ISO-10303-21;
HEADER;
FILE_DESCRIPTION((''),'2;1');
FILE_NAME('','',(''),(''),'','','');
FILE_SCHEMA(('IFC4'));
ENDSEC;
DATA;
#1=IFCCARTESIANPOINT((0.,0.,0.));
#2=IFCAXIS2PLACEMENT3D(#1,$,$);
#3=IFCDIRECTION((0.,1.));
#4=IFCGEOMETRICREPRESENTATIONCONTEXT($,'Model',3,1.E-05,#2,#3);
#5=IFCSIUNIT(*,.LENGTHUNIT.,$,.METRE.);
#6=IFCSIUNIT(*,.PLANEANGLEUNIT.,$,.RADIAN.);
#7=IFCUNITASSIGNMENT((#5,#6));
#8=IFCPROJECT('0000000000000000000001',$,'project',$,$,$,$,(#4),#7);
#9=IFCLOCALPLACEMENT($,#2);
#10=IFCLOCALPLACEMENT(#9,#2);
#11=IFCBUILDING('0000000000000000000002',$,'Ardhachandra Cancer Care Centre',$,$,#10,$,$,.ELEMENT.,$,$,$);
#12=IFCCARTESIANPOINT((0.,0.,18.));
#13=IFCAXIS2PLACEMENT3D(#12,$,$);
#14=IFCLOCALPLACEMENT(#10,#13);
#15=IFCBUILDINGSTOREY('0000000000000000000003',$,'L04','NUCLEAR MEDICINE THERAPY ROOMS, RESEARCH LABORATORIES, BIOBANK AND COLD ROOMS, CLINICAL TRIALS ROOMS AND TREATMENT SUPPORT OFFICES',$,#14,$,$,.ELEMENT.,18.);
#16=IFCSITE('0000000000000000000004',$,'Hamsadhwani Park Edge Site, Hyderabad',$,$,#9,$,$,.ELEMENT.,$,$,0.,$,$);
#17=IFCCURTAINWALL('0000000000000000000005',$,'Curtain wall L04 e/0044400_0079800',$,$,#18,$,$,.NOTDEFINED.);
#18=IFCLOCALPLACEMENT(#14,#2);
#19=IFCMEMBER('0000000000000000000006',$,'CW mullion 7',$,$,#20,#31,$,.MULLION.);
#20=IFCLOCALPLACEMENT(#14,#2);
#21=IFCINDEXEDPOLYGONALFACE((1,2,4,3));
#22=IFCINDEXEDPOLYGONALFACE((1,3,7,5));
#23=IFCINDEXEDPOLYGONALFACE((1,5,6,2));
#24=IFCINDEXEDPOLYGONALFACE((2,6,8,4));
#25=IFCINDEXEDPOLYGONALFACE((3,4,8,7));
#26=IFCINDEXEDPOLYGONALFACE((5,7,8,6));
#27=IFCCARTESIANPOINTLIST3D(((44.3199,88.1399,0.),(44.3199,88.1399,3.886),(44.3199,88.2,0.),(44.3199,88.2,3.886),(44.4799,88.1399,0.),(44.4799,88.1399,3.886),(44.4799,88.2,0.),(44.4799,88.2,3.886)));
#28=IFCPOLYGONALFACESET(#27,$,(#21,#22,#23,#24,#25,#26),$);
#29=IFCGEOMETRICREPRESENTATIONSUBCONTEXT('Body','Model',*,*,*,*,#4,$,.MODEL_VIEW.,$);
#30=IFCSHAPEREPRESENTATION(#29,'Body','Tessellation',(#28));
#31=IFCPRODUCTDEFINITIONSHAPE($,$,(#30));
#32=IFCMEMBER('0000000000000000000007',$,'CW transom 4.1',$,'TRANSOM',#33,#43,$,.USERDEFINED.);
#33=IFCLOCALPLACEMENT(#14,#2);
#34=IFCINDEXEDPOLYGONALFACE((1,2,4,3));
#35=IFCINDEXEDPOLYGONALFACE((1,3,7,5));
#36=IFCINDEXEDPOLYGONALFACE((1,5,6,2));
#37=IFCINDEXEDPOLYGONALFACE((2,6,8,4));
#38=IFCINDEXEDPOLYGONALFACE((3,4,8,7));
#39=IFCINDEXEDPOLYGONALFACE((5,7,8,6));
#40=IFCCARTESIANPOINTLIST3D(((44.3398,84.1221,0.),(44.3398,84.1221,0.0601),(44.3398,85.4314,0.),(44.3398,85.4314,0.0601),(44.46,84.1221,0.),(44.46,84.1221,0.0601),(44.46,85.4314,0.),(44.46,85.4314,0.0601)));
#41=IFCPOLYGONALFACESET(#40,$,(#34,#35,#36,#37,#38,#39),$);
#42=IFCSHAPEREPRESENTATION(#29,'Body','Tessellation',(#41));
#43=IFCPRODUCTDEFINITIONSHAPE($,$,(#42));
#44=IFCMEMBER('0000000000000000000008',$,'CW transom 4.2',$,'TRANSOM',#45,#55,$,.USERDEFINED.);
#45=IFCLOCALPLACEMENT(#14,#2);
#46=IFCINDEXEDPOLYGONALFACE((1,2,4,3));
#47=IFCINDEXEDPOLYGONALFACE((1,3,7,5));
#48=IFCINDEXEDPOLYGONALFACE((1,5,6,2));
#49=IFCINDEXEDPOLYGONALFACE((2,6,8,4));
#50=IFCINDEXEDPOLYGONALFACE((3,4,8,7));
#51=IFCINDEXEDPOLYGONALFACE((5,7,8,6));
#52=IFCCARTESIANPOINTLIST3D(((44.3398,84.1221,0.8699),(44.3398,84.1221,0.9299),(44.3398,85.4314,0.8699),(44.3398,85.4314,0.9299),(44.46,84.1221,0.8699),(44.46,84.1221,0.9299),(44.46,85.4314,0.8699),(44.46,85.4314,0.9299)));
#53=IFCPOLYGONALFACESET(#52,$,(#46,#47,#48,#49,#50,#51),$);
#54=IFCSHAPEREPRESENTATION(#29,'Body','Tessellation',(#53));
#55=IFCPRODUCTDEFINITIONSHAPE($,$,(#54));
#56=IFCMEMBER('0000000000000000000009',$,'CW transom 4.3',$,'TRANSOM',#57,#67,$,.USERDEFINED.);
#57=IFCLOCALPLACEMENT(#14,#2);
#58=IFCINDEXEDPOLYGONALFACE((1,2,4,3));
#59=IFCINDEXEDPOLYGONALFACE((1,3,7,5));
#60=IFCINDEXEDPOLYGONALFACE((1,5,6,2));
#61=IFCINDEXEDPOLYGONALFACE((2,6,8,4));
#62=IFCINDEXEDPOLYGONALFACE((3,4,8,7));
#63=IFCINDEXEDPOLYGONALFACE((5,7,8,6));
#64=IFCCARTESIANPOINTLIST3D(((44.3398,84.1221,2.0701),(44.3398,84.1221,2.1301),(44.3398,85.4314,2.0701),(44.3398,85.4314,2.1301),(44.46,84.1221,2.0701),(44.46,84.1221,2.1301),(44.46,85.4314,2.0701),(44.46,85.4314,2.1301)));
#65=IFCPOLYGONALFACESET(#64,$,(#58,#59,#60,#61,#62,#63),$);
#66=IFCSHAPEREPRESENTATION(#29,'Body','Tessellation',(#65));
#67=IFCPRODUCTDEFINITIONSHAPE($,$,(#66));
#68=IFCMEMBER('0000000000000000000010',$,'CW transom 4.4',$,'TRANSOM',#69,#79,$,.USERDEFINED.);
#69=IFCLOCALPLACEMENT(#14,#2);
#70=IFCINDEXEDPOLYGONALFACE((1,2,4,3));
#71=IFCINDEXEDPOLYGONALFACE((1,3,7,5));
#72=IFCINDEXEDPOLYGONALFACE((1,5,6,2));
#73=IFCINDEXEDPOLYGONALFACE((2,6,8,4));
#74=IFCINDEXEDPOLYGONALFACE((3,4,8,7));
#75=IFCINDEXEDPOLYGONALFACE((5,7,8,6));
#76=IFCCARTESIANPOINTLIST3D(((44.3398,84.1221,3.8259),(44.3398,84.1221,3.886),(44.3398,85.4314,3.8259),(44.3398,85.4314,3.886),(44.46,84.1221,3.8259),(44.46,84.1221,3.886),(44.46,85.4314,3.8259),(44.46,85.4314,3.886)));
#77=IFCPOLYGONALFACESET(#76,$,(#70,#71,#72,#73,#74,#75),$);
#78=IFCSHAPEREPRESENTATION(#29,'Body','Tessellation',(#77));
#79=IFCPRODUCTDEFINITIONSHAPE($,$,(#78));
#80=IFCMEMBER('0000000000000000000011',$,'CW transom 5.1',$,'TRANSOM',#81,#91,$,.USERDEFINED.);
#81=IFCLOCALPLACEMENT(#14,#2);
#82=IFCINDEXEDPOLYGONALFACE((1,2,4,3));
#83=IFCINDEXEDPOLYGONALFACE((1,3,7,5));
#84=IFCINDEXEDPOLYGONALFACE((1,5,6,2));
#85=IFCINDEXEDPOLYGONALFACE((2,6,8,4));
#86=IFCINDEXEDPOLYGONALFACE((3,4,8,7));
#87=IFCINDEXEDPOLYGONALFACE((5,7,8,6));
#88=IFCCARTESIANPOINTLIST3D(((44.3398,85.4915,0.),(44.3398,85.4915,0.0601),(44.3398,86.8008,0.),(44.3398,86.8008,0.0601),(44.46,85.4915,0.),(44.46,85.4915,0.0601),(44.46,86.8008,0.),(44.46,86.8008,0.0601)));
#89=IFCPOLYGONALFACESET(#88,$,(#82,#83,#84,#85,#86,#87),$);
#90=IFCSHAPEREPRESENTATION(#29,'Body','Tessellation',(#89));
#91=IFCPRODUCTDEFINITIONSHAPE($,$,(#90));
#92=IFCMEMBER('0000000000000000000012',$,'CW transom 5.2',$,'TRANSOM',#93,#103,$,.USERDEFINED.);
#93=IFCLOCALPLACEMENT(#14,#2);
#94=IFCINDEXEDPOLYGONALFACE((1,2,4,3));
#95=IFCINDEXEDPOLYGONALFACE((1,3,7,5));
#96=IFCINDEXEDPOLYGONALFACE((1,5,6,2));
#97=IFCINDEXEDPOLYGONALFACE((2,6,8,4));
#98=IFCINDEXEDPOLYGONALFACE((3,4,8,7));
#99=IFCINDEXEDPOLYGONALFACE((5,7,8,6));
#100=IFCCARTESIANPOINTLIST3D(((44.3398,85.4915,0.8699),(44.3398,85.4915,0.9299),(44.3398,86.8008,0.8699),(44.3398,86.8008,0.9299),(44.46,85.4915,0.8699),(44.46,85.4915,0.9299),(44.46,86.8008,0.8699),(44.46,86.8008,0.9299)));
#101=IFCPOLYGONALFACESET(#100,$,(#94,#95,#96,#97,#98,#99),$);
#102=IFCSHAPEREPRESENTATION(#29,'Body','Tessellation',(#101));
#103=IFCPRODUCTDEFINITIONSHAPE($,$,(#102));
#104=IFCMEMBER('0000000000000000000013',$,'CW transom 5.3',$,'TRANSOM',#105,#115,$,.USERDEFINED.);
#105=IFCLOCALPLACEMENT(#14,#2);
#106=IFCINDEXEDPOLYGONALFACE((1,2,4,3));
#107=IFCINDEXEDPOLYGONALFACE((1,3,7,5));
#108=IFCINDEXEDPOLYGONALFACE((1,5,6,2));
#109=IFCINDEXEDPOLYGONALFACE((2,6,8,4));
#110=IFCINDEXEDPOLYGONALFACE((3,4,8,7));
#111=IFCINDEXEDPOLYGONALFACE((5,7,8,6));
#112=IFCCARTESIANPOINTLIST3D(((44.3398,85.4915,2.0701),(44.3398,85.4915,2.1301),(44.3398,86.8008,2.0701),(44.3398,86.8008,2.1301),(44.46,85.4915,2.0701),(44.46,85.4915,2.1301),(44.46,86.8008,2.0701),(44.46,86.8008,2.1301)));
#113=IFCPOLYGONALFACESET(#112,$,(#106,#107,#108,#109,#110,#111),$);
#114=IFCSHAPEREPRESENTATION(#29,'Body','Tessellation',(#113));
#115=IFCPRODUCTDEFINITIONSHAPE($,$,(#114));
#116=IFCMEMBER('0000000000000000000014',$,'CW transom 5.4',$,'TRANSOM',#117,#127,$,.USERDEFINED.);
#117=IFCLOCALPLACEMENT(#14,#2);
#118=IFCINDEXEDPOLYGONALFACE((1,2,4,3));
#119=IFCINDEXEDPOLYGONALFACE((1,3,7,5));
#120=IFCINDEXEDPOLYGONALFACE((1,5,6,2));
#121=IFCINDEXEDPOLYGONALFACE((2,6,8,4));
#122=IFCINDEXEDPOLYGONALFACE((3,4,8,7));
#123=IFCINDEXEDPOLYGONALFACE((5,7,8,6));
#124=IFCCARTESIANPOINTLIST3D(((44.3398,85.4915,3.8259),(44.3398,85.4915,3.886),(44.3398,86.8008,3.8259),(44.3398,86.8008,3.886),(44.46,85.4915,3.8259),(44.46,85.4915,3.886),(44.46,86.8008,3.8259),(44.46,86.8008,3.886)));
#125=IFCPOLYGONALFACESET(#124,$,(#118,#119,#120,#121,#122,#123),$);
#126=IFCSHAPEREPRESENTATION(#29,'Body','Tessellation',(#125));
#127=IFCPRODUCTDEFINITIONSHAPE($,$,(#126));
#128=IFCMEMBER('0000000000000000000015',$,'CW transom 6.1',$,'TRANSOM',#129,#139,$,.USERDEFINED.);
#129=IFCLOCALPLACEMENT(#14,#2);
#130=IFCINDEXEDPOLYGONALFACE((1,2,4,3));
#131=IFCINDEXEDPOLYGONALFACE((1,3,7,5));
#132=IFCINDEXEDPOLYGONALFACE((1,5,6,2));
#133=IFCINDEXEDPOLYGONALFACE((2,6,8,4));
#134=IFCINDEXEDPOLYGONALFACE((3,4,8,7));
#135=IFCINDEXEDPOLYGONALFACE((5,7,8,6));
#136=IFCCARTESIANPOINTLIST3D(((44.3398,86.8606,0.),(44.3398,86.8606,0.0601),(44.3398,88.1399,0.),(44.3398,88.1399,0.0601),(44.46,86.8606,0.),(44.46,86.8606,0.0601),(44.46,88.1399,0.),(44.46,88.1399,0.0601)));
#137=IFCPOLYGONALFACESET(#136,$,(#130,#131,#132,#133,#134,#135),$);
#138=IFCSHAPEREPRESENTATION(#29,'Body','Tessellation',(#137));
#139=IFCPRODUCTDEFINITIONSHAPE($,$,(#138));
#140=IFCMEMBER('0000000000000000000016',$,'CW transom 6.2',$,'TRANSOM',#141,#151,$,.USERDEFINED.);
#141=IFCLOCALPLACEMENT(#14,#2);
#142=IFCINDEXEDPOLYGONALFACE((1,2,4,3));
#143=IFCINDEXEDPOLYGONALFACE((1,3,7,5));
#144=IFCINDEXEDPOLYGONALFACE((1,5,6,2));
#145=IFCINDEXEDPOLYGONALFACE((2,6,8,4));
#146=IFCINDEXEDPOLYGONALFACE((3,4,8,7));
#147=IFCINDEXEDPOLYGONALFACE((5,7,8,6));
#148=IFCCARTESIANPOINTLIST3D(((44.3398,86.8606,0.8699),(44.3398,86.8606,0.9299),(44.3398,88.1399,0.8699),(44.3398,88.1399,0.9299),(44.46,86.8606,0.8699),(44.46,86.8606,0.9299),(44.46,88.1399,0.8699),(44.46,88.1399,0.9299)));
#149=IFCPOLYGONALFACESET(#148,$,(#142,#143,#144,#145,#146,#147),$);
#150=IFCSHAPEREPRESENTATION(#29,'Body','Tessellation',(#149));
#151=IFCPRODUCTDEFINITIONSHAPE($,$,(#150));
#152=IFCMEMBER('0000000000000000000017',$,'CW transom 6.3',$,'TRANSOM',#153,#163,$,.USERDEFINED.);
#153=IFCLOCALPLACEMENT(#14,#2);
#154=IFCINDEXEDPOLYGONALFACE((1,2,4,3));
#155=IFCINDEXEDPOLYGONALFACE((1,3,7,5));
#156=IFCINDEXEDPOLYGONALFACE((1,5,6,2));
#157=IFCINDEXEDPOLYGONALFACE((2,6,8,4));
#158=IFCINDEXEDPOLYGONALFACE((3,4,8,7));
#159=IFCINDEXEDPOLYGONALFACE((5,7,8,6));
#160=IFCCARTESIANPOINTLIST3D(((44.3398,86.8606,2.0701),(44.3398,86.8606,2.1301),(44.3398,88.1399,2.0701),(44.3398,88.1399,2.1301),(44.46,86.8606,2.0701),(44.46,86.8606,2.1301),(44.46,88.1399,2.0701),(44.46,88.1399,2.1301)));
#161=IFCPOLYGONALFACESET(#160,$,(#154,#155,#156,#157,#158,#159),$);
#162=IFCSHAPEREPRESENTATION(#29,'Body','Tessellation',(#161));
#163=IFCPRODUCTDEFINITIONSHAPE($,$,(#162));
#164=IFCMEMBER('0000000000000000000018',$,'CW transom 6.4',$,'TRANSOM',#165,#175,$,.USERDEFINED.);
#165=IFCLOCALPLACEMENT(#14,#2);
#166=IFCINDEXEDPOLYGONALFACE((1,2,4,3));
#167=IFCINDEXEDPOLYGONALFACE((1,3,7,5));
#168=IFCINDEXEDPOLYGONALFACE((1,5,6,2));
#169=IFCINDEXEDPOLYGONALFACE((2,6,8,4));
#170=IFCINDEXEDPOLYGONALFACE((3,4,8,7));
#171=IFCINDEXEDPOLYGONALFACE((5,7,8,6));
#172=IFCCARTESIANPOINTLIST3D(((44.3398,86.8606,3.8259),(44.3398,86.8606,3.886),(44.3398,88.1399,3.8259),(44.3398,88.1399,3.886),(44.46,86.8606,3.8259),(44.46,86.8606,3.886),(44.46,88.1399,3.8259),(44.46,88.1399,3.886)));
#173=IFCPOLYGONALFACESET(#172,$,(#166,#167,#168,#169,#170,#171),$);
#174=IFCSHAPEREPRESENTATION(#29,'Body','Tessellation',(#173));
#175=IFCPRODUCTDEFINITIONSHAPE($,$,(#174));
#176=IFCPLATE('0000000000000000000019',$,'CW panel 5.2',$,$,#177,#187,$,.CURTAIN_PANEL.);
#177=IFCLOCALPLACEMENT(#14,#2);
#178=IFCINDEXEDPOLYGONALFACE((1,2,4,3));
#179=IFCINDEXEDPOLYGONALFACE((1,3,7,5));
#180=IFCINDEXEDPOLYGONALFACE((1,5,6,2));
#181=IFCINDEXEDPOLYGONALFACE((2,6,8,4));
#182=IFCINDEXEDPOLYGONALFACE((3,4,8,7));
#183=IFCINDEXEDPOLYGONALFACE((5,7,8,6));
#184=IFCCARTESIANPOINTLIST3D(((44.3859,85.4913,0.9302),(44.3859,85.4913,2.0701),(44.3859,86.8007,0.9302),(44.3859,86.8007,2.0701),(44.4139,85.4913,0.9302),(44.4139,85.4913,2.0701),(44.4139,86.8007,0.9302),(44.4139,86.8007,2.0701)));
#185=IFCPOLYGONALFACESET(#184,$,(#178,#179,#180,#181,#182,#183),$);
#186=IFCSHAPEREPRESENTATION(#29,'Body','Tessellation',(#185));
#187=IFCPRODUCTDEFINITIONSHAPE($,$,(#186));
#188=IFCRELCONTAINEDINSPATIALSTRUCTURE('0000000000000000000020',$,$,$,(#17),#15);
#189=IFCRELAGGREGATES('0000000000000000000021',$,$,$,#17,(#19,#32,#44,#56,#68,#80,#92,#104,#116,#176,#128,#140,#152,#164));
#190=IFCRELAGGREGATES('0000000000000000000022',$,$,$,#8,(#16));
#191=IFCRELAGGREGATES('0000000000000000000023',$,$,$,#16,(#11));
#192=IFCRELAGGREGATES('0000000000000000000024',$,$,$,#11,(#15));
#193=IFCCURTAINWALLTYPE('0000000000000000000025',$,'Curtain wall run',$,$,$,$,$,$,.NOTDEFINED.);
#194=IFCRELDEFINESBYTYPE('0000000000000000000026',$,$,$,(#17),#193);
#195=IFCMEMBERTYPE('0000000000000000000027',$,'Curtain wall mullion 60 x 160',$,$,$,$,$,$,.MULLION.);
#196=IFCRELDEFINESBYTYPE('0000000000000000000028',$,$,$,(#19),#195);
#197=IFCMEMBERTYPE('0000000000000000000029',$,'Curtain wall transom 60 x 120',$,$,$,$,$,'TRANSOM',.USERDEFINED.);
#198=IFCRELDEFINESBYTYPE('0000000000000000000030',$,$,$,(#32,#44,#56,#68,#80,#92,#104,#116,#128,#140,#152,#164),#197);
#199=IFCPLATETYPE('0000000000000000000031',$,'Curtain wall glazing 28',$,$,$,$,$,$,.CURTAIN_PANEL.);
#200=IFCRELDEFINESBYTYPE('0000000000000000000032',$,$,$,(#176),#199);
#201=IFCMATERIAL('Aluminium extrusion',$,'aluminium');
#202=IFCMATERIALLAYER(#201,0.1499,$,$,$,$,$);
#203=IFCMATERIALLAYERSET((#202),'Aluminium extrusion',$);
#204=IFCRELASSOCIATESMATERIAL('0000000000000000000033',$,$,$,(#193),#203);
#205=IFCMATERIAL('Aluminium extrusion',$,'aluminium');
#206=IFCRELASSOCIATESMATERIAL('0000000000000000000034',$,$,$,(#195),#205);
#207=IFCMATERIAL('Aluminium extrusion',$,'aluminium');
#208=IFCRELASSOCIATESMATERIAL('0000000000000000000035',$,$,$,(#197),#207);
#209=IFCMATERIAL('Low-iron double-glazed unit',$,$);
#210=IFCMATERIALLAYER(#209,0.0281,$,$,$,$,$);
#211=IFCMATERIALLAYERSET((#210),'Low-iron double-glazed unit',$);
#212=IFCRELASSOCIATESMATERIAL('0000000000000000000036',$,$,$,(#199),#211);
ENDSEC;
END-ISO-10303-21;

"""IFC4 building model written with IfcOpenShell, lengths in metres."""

from ifc_helpers import new_model, si_unit, direction, frame, origin, origin_2d, place, context, subcontext, project, spatial, rectangle, extrude, material, layer, layer_set, material_profile, profile_set, type_object, element, aggregate, save


model = new_model("IFC4")

# Units and contexts
model_context = context("Model", 3, precision=1e-05, world=origin(), true_north=direction((0.0, 1.0)))
body_context = subcontext(model_context, "Body", "Model", "MODEL_VIEW")
ifc_project = project(units=[si_unit("LENGTHUNIT", "METRE"), si_unit("PLANEANGLEUNIT", "RADIAN")], contexts=[model_context])

# Site, building, storey
site_placement = place(None, origin())
site = spatial("IfcSite", under=ifc_project, at=site_placement, Name="Hamsadhwani Park Edge Site, Hyderabad", CompositionType="ELEMENT", RefElevation=0.0)
building_placement = place(site_placement, origin())
building = spatial("IfcBuilding", under=site, at=building_placement, Name="Ardhachandra Cancer Care Centre", CompositionType="ELEMENT")
storey_placement = place(building_placement, frame((0.0, 0.0, 18.0)))
storey = spatial("IfcBuildingStorey", under=building, at=storey_placement, Name="L04", Description="NUCLEAR MEDICINE THERAPY ROOMS, RESEARCH LABORATORIES, BIOBANK AND COLD ROOMS, CLINICAL TRIALS ROOMS AND TREATMENT SUPPORT OFFICES", CompositionType="ELEMENT", Elevation=18.0)

# Curtain wall, members, plate
ifc_material_1 = material(Name="Aluminium extrusion", Category="aluminium")
ifc_layer_1 = layer(ifc_material_1, 0.1499)
ifc_layer_set_1 = layer_set([ifc_layer_1], Name="Aluminium extrusion")
curtain_wall_type = type_object("IfcCurtainWallType", Name="Curtain wall run", PredefinedType="NOTDEFINED", material=ifc_layer_set_1)
curtain_wall_placement = place(storey_placement, origin())
curtain_wall = element("IfcCurtainWall", 1, at=curtain_wall_placement, inside=storey, type_object=curtain_wall_type, Name="Curtain wall L04 e/0044400_0079800", PredefinedType="NOTDEFINED")
ifc_material_2 = material(Name="Aluminium extrusion", Category="aluminium")
ifc_material_profile_1 = material_profile(ifc_material_2, rectangle(XDim=0.1599, YDim=0.0601, at=origin_2d()), Name="Curtain wall mullion 60 x 160")
ifc_profile_set_1 = profile_set([ifc_material_profile_1], Name="Aluminium extrusion")
member_type_1 = type_object("IfcMemberType", Name="Curtain wall mullion 60 x 160", PredefinedType="MULLION", material=ifc_profile_set_1)
member_1_placement = place(storey_placement, frame((44.3999, 88.1699, 0.0), z_axis=(0.0, 0.0, 1.0), x_axis=(-1.0, 0.0, 0.0)))
member_1 = element("IfcMember", 2, at=member_1_placement, type_object=member_type_1, Name="CW mullion 7", PredefinedType="MULLION", context=body_context, shape_type="SweptSolid", body=[
    extrude(rectangle(XDim=0.1599, YDim=0.0601, at=origin_2d()), origin(), (0.0, 0.0, 1.0), 3.886),
])
ifc_material_3 = material(Name="Aluminium extrusion", Category="aluminium")
ifc_material_profile_2 = material_profile(ifc_material_3, rectangle(XDim=0.1201, YDim=0.0601, at=origin_2d()), Name="Curtain wall transom 60 x 120")
ifc_profile_set_2 = profile_set([ifc_material_profile_2], Name="Aluminium extrusion")
member_type_2 = type_object("IfcMemberType", Name="Curtain wall transom 60 x 120", ElementType="TRANSOM", PredefinedType="USERDEFINED", material=ifc_profile_set_2)
member_2_placement = place(storey_placement, frame((44.3999, 84.1221, 0.03), z_axis=(0.0, 1.0, 0.0), x_axis=(-1.0, 0.0, 0.0)))
member_2 = element("IfcMember", 3, at=member_2_placement, type_object=member_type_2, Name="CW transom 4.1", ObjectType="TRANSOM", PredefinedType="USERDEFINED", context=body_context, shape_type="SweptSolid", body=[
    extrude(rectangle(XDim=0.1201, YDim=0.0601, at=origin_2d()), origin(), (0.0, 0.0, 1.0), 1.3093),
])
member_3_placement = place(storey_placement, frame((44.3999, 84.1221, 0.8999), z_axis=(0.0, 1.0, 0.0), x_axis=(-1.0, 0.0, 0.0)))
member_3 = element("IfcMember", 4, at=member_3_placement, type_object=member_type_2, Name="CW transom 4.2", ObjectType="TRANSOM", PredefinedType="USERDEFINED", context=body_context, shape_type="SweptSolid", body=[
    extrude(rectangle(XDim=0.1201, YDim=0.0601, at=origin_2d()), origin(), (0.0, 0.0, 1.0), 1.3093),
])
member_4_placement = place(storey_placement, frame((44.3999, 84.1221, 2.1001), z_axis=(0.0, 1.0, 0.0), x_axis=(-1.0, 0.0, 0.0)))
member_4 = element("IfcMember", 5, at=member_4_placement, type_object=member_type_2, Name="CW transom 4.3", ObjectType="TRANSOM", PredefinedType="USERDEFINED", context=body_context, shape_type="SweptSolid", body=[
    extrude(rectangle(XDim=0.1201, YDim=0.0601, at=origin_2d()), origin(), (0.0, 0.0, 1.0), 1.3093),
])
member_5_placement = place(storey_placement, frame((44.3999, 84.1221, 3.856), z_axis=(0.0, 1.0, 0.0), x_axis=(-1.0, 0.0, 0.0)))
member_5 = element("IfcMember", 6, at=member_5_placement, type_object=member_type_2, Name="CW transom 4.4", ObjectType="TRANSOM", PredefinedType="USERDEFINED", context=body_context, shape_type="SweptSolid", body=[
    extrude(rectangle(XDim=0.1201, YDim=0.0601, at=origin_2d()), origin(), (0.0, 0.0, 1.0), 1.3093),
])
member_6_placement = place(storey_placement, frame((44.3999, 85.4915, 0.03), z_axis=(0.0, 1.0, 0.0), x_axis=(-1.0, 0.0, 0.0)))
member_6 = element("IfcMember", 7, at=member_6_placement, type_object=member_type_2, Name="CW transom 5.1", ObjectType="TRANSOM", PredefinedType="USERDEFINED", context=body_context, shape_type="SweptSolid", body=[
    extrude(rectangle(XDim=0.1201, YDim=0.0601, at=origin_2d()), origin(), (0.0, 0.0, 1.0), 1.3093),
])
member_7_placement = place(storey_placement, frame((44.3999, 85.4915, 0.8999), z_axis=(0.0, 1.0, 0.0), x_axis=(-1.0, 0.0, 0.0)))
member_7 = element("IfcMember", 8, at=member_7_placement, type_object=member_type_2, Name="CW transom 5.2", ObjectType="TRANSOM", PredefinedType="USERDEFINED", context=body_context, shape_type="SweptSolid", body=[
    extrude(rectangle(XDim=0.1201, YDim=0.0601, at=origin_2d()), origin(), (0.0, 0.0, 1.0), 1.3093),
])
member_8_placement = place(storey_placement, frame((44.3999, 85.4915, 2.1001), z_axis=(0.0, 1.0, 0.0), x_axis=(-1.0, 0.0, 0.0)))
member_8 = element("IfcMember", 9, at=member_8_placement, type_object=member_type_2, Name="CW transom 5.3", ObjectType="TRANSOM", PredefinedType="USERDEFINED", context=body_context, shape_type="SweptSolid", body=[
    extrude(rectangle(XDim=0.1201, YDim=0.0601, at=origin_2d()), origin(), (0.0, 0.0, 1.0), 1.3093),
])
member_9_placement = place(storey_placement, frame((44.3999, 85.4915, 3.856), z_axis=(0.0, 1.0, 0.0), x_axis=(-1.0, 0.0, 0.0)))
member_9 = element("IfcMember", 10, at=member_9_placement, type_object=member_type_2, Name="CW transom 5.4", ObjectType="TRANSOM", PredefinedType="USERDEFINED", context=body_context, shape_type="SweptSolid", body=[
    extrude(rectangle(XDim=0.1201, YDim=0.0601, at=origin_2d()), origin(), (0.0, 0.0, 1.0), 1.3093),
])
member_10_placement = place(storey_placement, frame((44.3999, 86.8606, 0.03), z_axis=(0.0, 1.0, 0.0), x_axis=(-1.0, 0.0, 0.0)))
member_10 = element("IfcMember", 11, at=member_10_placement, type_object=member_type_2, Name="CW transom 6.1", ObjectType="TRANSOM", PredefinedType="USERDEFINED", context=body_context, shape_type="SweptSolid", body=[
    extrude(rectangle(XDim=0.1201, YDim=0.0601, at=origin_2d()), origin(), (0.0, 0.0, 1.0), 1.2793),
])
member_11_placement = place(storey_placement, frame((44.3999, 86.8606, 0.8999), z_axis=(0.0, 1.0, 0.0), x_axis=(-1.0, 0.0, 0.0)))
member_11 = element("IfcMember", 12, at=member_11_placement, type_object=member_type_2, Name="CW transom 6.2", ObjectType="TRANSOM", PredefinedType="USERDEFINED", context=body_context, shape_type="SweptSolid", body=[
    extrude(rectangle(XDim=0.1201, YDim=0.0601, at=origin_2d()), origin(), (0.0, 0.0, 1.0), 1.2793),
])
member_12_placement = place(storey_placement, frame((44.3999, 86.8606, 2.1001), z_axis=(0.0, 1.0, 0.0), x_axis=(-1.0, 0.0, 0.0)))
member_12 = element("IfcMember", 13, at=member_12_placement, type_object=member_type_2, Name="CW transom 6.3", ObjectType="TRANSOM", PredefinedType="USERDEFINED", context=body_context, shape_type="SweptSolid", body=[
    extrude(rectangle(XDim=0.1201, YDim=0.0601, at=origin_2d()), origin(), (0.0, 0.0, 1.0), 1.2793),
])
member_13_placement = place(storey_placement, frame((44.3999, 86.8606, 3.856), z_axis=(0.0, 1.0, 0.0), x_axis=(-1.0, 0.0, 0.0)))
member_13 = element("IfcMember", 14, at=member_13_placement, type_object=member_type_2, Name="CW transom 6.4", ObjectType="TRANSOM", PredefinedType="USERDEFINED", context=body_context, shape_type="SweptSolid", body=[
    extrude(rectangle(XDim=0.1201, YDim=0.0601, at=origin_2d()), origin(), (0.0, 0.0, 1.0), 1.2793),
])
ifc_material_4 = material(Name="Low-iron double-glazed unit")
ifc_layer_2 = layer(ifc_material_4, 0.0281)
ifc_layer_set_2 = layer_set([ifc_layer_2], Name="Low-iron double-glazed unit")
plate_type_1 = type_object("IfcPlateType", Name="Curtain wall glazing 28", PredefinedType="CURTAIN_PANEL", material=ifc_layer_set_2)
plate_1_placement = place(storey_placement, frame((44.3999, 86.146, 0.9302), z_axis=(0.0, 0.0, 1.0), x_axis=(0.0, 1.0, 0.0)))
plate_1 = element("IfcPlate", 15, at=plate_1_placement, type_object=plate_type_1, Name="CW panel 5.2", PredefinedType="CURTAIN_PANEL", context=body_context, shape_type="SweptSolid", body=[
    extrude(rectangle(XDim=1.3093, YDim=0.0281, at=origin_2d()), origin(), (0.0, 0.0, 1.0), 1.1399),
])
aggregate(curtain_wall, [member_1, member_2, member_3, member_4, member_5, member_6, member_7, member_8, member_9, plate_1, member_10, member_11, member_12, member_13])

save(model, "model.ifc")
